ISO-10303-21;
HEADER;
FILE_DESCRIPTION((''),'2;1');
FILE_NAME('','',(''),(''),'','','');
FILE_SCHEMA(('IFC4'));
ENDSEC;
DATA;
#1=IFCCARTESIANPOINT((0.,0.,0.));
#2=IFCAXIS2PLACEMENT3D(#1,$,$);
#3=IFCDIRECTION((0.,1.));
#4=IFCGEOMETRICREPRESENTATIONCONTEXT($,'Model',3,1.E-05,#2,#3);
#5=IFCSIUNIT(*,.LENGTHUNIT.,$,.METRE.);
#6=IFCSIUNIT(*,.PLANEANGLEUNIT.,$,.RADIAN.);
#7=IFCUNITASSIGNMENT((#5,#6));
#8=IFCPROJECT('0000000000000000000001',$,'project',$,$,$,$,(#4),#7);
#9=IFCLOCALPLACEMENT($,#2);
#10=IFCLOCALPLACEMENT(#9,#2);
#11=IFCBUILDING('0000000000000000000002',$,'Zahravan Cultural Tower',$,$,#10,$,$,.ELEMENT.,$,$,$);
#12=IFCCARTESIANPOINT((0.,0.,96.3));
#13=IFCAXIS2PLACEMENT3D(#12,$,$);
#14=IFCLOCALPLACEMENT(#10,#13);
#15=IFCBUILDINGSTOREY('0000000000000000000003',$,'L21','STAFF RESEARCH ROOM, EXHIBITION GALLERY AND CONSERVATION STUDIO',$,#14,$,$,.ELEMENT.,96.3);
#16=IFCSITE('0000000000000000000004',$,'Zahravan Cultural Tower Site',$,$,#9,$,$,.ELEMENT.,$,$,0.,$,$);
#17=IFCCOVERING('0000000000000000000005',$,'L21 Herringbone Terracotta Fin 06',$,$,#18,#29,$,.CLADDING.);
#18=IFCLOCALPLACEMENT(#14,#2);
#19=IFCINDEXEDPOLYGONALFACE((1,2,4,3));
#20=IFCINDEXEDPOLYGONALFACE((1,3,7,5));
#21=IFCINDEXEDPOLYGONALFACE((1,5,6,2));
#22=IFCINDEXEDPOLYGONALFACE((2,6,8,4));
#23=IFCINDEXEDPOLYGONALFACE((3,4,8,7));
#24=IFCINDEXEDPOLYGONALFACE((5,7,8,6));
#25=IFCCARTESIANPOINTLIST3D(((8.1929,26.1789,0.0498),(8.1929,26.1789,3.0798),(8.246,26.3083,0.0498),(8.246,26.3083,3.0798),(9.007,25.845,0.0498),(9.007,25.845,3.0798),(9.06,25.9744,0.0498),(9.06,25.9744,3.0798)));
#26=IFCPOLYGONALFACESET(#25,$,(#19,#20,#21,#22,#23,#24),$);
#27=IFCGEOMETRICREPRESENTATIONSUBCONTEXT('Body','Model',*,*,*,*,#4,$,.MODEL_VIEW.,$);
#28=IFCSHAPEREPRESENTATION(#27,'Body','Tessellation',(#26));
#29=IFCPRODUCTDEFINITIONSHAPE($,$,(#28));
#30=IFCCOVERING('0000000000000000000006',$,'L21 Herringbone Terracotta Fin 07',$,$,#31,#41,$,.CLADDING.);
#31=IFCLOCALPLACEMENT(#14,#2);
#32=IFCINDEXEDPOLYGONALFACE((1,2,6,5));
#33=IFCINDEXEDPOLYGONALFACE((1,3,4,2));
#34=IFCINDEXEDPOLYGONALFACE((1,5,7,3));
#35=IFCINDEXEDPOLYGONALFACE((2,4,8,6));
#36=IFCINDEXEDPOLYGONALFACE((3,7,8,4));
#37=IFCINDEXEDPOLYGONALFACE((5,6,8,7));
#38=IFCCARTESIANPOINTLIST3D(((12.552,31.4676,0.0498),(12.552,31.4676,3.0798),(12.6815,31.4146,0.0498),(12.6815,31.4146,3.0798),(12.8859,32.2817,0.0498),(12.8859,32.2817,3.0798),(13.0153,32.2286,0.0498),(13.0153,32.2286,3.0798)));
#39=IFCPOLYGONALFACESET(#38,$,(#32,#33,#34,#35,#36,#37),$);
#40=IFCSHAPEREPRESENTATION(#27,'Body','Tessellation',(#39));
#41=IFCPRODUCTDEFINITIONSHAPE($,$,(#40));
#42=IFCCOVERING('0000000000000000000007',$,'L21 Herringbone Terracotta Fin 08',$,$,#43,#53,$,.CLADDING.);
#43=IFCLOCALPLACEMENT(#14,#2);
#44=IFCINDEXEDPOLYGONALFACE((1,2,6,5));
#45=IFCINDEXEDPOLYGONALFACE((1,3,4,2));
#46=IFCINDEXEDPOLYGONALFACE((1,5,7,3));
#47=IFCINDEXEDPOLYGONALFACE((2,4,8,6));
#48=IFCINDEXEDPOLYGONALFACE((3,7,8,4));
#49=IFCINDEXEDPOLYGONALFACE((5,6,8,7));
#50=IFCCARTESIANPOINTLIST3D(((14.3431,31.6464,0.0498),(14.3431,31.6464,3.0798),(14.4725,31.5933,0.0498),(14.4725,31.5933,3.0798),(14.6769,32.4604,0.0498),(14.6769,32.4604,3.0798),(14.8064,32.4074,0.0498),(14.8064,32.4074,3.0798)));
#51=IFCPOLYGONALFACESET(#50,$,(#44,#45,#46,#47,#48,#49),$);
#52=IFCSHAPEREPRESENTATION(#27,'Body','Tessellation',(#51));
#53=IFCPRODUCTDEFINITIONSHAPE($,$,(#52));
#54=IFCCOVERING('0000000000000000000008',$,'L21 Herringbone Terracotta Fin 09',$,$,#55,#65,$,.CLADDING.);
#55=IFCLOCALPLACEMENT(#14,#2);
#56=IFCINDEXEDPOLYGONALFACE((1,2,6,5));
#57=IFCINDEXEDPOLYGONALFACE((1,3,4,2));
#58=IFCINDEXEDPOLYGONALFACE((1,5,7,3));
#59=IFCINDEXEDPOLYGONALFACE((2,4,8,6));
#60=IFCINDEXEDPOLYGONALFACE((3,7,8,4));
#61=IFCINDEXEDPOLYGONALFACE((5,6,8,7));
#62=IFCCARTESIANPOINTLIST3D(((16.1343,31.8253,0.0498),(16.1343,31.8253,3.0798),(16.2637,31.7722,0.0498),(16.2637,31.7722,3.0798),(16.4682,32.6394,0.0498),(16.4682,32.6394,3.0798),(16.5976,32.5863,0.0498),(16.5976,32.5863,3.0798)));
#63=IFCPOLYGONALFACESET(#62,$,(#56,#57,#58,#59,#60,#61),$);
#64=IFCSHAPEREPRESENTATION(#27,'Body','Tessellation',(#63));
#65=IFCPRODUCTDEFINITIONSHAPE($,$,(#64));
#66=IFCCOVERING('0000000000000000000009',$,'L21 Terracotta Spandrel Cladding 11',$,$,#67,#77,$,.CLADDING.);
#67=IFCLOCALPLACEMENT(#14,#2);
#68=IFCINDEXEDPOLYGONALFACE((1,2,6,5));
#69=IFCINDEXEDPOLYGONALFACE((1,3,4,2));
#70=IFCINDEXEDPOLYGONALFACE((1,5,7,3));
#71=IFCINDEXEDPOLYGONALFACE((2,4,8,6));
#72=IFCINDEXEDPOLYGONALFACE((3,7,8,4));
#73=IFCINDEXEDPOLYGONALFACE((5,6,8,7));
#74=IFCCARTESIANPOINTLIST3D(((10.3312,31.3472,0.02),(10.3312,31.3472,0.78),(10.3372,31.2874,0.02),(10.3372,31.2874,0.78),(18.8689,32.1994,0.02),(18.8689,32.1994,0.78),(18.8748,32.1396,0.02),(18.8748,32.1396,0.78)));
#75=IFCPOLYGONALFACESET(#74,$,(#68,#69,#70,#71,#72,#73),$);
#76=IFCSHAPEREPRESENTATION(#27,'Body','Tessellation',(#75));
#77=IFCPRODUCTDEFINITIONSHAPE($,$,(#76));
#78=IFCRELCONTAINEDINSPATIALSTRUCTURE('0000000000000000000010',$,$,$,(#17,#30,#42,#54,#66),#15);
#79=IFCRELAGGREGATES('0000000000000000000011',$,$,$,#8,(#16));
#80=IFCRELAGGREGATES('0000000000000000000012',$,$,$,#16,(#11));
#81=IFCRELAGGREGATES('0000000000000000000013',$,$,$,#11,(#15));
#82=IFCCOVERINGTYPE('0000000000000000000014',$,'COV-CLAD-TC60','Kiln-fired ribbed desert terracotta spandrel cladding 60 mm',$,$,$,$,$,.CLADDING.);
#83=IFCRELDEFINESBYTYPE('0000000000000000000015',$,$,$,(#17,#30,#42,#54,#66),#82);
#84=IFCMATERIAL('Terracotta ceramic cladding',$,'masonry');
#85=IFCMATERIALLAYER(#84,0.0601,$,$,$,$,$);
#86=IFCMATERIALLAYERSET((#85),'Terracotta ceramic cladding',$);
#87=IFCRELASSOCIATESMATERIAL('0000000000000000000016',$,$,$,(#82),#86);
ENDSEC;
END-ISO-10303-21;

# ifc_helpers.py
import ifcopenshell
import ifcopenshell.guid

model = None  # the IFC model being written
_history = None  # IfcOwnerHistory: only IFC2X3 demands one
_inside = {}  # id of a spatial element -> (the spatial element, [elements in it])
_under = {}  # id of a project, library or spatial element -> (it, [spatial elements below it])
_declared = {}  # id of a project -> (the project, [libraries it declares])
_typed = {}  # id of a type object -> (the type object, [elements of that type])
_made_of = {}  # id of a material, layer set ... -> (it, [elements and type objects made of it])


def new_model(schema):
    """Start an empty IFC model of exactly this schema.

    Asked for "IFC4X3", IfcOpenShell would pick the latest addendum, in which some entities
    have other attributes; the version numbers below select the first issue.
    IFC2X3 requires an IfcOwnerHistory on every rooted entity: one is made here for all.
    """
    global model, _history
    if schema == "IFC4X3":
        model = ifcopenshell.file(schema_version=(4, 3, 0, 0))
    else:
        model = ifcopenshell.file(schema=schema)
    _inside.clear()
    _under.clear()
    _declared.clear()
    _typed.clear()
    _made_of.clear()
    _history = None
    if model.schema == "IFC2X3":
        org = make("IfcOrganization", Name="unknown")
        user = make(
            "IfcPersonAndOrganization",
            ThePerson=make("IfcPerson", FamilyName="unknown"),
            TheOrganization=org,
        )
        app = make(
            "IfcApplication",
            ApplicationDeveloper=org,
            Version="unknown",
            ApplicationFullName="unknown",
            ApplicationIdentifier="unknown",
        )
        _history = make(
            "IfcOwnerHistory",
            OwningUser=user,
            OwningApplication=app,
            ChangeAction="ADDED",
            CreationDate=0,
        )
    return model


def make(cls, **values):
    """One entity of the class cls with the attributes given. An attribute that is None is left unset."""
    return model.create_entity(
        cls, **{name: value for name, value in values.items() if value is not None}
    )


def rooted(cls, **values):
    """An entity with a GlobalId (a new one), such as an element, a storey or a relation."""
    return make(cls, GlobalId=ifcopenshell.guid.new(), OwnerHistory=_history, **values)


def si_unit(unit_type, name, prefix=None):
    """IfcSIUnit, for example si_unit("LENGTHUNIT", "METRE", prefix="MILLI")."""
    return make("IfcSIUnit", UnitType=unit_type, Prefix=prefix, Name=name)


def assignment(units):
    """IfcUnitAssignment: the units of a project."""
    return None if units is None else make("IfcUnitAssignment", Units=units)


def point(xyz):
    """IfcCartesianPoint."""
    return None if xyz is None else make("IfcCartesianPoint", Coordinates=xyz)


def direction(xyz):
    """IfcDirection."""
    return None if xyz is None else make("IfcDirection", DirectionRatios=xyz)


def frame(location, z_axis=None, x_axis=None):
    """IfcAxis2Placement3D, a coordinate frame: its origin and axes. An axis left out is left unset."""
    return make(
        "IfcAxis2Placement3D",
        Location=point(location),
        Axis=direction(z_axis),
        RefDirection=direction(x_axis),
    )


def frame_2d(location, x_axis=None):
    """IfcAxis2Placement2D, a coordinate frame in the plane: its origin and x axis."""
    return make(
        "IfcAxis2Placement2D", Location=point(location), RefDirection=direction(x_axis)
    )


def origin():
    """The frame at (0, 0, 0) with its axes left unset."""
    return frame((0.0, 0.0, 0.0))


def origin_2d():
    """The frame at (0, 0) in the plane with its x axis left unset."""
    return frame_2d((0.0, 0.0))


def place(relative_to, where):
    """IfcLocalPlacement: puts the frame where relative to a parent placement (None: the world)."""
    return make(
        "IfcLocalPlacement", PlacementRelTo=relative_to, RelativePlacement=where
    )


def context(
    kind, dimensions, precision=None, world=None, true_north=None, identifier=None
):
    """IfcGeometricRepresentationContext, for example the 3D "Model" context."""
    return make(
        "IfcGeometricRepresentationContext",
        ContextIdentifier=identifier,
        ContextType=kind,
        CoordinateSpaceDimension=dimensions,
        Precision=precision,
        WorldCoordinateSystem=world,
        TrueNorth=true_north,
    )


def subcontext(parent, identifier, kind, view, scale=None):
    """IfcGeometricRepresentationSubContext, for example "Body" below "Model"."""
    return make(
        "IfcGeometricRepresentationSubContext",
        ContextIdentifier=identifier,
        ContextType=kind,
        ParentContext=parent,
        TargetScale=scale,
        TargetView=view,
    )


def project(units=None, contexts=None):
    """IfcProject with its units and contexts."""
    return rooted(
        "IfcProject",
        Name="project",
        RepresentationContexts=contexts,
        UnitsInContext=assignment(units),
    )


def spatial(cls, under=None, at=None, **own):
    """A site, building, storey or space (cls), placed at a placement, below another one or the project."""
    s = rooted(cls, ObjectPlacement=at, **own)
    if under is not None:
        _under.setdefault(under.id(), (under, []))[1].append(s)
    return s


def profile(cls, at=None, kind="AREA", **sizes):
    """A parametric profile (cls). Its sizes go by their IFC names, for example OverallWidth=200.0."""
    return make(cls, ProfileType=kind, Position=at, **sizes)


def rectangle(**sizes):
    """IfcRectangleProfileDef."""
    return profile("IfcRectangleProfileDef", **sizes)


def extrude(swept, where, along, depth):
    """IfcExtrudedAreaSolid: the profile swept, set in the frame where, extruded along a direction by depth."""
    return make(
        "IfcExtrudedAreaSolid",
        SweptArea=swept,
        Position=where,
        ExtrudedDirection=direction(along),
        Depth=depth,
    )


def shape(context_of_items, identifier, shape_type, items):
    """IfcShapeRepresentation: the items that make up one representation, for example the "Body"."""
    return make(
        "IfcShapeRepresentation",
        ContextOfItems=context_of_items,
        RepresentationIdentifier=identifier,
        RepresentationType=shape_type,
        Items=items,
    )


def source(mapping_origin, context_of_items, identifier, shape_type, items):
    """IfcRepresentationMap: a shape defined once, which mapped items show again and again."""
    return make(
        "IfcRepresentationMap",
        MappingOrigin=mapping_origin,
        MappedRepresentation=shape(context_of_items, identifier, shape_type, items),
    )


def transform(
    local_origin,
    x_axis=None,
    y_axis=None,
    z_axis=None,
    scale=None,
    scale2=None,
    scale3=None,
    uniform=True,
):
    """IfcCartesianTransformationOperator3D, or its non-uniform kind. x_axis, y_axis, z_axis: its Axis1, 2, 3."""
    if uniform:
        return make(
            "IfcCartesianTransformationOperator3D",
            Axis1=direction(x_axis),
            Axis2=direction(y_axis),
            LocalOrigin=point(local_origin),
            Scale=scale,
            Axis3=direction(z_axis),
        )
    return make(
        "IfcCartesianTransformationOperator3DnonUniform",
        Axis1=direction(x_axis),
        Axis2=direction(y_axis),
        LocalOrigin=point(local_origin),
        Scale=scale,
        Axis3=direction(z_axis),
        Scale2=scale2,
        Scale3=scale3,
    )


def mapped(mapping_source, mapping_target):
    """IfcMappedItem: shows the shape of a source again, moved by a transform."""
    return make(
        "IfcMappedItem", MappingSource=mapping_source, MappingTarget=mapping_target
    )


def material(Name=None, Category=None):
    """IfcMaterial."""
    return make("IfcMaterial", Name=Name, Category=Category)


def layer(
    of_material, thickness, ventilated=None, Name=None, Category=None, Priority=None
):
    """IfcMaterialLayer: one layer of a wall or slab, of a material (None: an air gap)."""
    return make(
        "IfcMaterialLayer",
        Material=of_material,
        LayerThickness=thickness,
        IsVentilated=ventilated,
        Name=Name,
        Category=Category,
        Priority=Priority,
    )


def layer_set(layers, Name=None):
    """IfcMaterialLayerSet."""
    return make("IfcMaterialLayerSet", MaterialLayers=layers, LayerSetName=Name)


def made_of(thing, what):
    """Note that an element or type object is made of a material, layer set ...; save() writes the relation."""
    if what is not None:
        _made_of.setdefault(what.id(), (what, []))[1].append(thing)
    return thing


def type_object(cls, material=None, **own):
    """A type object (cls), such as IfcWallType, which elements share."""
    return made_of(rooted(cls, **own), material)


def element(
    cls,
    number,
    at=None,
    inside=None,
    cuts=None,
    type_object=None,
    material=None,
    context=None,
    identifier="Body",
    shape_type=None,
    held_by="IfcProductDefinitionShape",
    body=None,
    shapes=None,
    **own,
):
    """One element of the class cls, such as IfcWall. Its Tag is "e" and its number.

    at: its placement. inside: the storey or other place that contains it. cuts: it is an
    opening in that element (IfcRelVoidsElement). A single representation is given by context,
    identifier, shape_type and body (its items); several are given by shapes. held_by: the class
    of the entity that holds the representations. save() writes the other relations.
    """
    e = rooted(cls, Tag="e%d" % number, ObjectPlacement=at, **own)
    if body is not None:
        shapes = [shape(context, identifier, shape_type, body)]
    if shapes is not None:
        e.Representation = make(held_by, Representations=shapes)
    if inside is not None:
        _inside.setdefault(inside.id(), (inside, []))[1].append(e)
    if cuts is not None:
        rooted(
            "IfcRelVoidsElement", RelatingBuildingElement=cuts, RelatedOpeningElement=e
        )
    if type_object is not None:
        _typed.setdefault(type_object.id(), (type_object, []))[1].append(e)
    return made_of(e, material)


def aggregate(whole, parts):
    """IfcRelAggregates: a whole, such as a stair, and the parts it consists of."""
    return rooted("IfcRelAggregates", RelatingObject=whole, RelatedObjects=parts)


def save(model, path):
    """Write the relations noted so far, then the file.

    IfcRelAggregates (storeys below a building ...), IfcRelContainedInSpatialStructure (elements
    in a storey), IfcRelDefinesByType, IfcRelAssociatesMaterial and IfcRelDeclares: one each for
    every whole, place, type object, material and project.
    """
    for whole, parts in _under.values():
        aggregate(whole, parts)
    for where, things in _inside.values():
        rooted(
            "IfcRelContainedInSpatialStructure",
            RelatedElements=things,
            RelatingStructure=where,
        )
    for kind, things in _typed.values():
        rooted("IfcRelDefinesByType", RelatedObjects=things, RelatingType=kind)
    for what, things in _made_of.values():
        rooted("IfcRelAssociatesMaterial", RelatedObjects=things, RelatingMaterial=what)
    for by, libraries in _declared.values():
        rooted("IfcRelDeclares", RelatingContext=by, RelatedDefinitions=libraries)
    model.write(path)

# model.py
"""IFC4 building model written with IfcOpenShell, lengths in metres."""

from ifc_helpers import new_model, si_unit, direction, frame, origin, origin_2d, place, context, subcontext, project, spatial, rectangle, extrude, source, transform, mapped, material, layer, layer_set, type_object, element, save


model = new_model("IFC4")

# Units and contexts
model_context = context("Model", 3, precision=1e-05, world=origin(), true_north=direction((0.0, 1.0)))
body_context = subcontext(model_context, "Body", "Model", "MODEL_VIEW")
ifc_project = project(units=[si_unit("LENGTHUNIT", "METRE"), si_unit("PLANEANGLEUNIT", "RADIAN")], contexts=[model_context])

# Site, building, storey
site_placement = place(None, origin())
site = spatial("IfcSite", under=ifc_project, at=site_placement, Name="Zahravan Cultural Tower Site", CompositionType="ELEMENT", RefElevation=0.0)
building_placement = place(site_placement, origin())
building = spatial("IfcBuilding", under=site, at=building_placement, Name="Zahravan Cultural Tower", CompositionType="ELEMENT")
storey_placement = place(building_placement, frame((0.0, 0.0, 96.3)))
storey = spatial("IfcBuildingStorey", under=building, at=storey_placement, Name="L21", Description="STAFF RESEARCH ROOM, EXHIBITION GALLERY AND CONSERVATION STUDIO", CompositionType="ELEMENT", Elevation=96.3)

# Coverings
ifc_material_1 = material(Name="Terracotta ceramic cladding", Category="masonry")
ifc_layer_1 = layer(ifc_material_1, 0.0601)
ifc_layer_set_1 = layer_set([ifc_layer_1], Name="Terracotta ceramic cladding")
covering_type = type_object("IfcCoveringType", Name="COV-CLAD-TC60", Description="Kiln-fired ribbed desert terracotta spandrel cladding 60 mm", PredefinedType="CLADDING", material=ifc_layer_set_1)
shared_shape_1 = source(origin(), body_context, "Body", "SweptSolid", [
    extrude(rectangle(XDim=0.8799, YDim=0.1399, at=origin_2d()), origin(), (0.0, 0.0, 1.0), 3.03),
])
for number, where, z_axis, x_axis, name in (
    (1, (8.6265, 26.0767, 0.0498), (0.0, 0.0, 1.0), (-0.92521, 0.379456, 0.0), "L21 Herringbone Terracotta Fin 06"),
    (2, (12.7837, 31.8481, 0.0498), (0.0, 0.0, 1.0), (0.379456, 0.92521, 0.0), "L21 Herringbone Terracotta Fin 07"),
    (3, (14.5747, 32.0269, 0.0498), (0.0, 0.0, 1.0), (0.379456, 0.92521, 0.0), "L21 Herringbone Terracotta Fin 08"),
    (4, (16.366, 32.2058, 0.0498), (0.0, 0.0, 1.0), (0.379456, 0.92521, 0.0), "L21 Herringbone Terracotta Fin 09"),
):
    element("IfcCovering", number, at=place(storey_placement, frame(where, z_axis=z_axis, x_axis=x_axis)), inside=storey, type_object=covering_type, Name=name, PredefinedType="CLADDING", context=body_context, shape_type="MappedRepresentation", body=[
        mapped(shared_shape_1, transform((0.0, 0.0, 0.0), x_axis=(1.0, 0.0, 0.0), y_axis=(0.0, 1.0, 0.0), z_axis=(0.0, 0.0, 1.0), scale=1.0)),
    ])
shared_shape_2 = source(origin(), body_context, "Body", "SweptSolid", [
    extrude(rectangle(XDim=8.5801, YDim=0.0601, at=origin_2d()), origin(), (0.0, 0.0, 1.0), 0.76),
])
covering_1_placement = place(storey_placement, frame((14.603, 31.7434, 0.02), z_axis=(0.0, 0.0, 1.0), x_axis=(0.995056, 0.09932, 0.0)))
element("IfcCovering", 5, at=covering_1_placement, inside=storey, type_object=covering_type, Name="L21 Terracotta Spandrel Cladding 11", PredefinedType="CLADDING", context=body_context, shape_type="MappedRepresentation", body=[
    mapped(shared_shape_2, transform((0.0, 0.0, 0.0), x_axis=(1.0, 0.0, 0.0), y_axis=(0.0, 1.0, 0.0), z_axis=(0.0, 0.0, 1.0), scale=1.0)),
])

save(model, "model.ifc")
